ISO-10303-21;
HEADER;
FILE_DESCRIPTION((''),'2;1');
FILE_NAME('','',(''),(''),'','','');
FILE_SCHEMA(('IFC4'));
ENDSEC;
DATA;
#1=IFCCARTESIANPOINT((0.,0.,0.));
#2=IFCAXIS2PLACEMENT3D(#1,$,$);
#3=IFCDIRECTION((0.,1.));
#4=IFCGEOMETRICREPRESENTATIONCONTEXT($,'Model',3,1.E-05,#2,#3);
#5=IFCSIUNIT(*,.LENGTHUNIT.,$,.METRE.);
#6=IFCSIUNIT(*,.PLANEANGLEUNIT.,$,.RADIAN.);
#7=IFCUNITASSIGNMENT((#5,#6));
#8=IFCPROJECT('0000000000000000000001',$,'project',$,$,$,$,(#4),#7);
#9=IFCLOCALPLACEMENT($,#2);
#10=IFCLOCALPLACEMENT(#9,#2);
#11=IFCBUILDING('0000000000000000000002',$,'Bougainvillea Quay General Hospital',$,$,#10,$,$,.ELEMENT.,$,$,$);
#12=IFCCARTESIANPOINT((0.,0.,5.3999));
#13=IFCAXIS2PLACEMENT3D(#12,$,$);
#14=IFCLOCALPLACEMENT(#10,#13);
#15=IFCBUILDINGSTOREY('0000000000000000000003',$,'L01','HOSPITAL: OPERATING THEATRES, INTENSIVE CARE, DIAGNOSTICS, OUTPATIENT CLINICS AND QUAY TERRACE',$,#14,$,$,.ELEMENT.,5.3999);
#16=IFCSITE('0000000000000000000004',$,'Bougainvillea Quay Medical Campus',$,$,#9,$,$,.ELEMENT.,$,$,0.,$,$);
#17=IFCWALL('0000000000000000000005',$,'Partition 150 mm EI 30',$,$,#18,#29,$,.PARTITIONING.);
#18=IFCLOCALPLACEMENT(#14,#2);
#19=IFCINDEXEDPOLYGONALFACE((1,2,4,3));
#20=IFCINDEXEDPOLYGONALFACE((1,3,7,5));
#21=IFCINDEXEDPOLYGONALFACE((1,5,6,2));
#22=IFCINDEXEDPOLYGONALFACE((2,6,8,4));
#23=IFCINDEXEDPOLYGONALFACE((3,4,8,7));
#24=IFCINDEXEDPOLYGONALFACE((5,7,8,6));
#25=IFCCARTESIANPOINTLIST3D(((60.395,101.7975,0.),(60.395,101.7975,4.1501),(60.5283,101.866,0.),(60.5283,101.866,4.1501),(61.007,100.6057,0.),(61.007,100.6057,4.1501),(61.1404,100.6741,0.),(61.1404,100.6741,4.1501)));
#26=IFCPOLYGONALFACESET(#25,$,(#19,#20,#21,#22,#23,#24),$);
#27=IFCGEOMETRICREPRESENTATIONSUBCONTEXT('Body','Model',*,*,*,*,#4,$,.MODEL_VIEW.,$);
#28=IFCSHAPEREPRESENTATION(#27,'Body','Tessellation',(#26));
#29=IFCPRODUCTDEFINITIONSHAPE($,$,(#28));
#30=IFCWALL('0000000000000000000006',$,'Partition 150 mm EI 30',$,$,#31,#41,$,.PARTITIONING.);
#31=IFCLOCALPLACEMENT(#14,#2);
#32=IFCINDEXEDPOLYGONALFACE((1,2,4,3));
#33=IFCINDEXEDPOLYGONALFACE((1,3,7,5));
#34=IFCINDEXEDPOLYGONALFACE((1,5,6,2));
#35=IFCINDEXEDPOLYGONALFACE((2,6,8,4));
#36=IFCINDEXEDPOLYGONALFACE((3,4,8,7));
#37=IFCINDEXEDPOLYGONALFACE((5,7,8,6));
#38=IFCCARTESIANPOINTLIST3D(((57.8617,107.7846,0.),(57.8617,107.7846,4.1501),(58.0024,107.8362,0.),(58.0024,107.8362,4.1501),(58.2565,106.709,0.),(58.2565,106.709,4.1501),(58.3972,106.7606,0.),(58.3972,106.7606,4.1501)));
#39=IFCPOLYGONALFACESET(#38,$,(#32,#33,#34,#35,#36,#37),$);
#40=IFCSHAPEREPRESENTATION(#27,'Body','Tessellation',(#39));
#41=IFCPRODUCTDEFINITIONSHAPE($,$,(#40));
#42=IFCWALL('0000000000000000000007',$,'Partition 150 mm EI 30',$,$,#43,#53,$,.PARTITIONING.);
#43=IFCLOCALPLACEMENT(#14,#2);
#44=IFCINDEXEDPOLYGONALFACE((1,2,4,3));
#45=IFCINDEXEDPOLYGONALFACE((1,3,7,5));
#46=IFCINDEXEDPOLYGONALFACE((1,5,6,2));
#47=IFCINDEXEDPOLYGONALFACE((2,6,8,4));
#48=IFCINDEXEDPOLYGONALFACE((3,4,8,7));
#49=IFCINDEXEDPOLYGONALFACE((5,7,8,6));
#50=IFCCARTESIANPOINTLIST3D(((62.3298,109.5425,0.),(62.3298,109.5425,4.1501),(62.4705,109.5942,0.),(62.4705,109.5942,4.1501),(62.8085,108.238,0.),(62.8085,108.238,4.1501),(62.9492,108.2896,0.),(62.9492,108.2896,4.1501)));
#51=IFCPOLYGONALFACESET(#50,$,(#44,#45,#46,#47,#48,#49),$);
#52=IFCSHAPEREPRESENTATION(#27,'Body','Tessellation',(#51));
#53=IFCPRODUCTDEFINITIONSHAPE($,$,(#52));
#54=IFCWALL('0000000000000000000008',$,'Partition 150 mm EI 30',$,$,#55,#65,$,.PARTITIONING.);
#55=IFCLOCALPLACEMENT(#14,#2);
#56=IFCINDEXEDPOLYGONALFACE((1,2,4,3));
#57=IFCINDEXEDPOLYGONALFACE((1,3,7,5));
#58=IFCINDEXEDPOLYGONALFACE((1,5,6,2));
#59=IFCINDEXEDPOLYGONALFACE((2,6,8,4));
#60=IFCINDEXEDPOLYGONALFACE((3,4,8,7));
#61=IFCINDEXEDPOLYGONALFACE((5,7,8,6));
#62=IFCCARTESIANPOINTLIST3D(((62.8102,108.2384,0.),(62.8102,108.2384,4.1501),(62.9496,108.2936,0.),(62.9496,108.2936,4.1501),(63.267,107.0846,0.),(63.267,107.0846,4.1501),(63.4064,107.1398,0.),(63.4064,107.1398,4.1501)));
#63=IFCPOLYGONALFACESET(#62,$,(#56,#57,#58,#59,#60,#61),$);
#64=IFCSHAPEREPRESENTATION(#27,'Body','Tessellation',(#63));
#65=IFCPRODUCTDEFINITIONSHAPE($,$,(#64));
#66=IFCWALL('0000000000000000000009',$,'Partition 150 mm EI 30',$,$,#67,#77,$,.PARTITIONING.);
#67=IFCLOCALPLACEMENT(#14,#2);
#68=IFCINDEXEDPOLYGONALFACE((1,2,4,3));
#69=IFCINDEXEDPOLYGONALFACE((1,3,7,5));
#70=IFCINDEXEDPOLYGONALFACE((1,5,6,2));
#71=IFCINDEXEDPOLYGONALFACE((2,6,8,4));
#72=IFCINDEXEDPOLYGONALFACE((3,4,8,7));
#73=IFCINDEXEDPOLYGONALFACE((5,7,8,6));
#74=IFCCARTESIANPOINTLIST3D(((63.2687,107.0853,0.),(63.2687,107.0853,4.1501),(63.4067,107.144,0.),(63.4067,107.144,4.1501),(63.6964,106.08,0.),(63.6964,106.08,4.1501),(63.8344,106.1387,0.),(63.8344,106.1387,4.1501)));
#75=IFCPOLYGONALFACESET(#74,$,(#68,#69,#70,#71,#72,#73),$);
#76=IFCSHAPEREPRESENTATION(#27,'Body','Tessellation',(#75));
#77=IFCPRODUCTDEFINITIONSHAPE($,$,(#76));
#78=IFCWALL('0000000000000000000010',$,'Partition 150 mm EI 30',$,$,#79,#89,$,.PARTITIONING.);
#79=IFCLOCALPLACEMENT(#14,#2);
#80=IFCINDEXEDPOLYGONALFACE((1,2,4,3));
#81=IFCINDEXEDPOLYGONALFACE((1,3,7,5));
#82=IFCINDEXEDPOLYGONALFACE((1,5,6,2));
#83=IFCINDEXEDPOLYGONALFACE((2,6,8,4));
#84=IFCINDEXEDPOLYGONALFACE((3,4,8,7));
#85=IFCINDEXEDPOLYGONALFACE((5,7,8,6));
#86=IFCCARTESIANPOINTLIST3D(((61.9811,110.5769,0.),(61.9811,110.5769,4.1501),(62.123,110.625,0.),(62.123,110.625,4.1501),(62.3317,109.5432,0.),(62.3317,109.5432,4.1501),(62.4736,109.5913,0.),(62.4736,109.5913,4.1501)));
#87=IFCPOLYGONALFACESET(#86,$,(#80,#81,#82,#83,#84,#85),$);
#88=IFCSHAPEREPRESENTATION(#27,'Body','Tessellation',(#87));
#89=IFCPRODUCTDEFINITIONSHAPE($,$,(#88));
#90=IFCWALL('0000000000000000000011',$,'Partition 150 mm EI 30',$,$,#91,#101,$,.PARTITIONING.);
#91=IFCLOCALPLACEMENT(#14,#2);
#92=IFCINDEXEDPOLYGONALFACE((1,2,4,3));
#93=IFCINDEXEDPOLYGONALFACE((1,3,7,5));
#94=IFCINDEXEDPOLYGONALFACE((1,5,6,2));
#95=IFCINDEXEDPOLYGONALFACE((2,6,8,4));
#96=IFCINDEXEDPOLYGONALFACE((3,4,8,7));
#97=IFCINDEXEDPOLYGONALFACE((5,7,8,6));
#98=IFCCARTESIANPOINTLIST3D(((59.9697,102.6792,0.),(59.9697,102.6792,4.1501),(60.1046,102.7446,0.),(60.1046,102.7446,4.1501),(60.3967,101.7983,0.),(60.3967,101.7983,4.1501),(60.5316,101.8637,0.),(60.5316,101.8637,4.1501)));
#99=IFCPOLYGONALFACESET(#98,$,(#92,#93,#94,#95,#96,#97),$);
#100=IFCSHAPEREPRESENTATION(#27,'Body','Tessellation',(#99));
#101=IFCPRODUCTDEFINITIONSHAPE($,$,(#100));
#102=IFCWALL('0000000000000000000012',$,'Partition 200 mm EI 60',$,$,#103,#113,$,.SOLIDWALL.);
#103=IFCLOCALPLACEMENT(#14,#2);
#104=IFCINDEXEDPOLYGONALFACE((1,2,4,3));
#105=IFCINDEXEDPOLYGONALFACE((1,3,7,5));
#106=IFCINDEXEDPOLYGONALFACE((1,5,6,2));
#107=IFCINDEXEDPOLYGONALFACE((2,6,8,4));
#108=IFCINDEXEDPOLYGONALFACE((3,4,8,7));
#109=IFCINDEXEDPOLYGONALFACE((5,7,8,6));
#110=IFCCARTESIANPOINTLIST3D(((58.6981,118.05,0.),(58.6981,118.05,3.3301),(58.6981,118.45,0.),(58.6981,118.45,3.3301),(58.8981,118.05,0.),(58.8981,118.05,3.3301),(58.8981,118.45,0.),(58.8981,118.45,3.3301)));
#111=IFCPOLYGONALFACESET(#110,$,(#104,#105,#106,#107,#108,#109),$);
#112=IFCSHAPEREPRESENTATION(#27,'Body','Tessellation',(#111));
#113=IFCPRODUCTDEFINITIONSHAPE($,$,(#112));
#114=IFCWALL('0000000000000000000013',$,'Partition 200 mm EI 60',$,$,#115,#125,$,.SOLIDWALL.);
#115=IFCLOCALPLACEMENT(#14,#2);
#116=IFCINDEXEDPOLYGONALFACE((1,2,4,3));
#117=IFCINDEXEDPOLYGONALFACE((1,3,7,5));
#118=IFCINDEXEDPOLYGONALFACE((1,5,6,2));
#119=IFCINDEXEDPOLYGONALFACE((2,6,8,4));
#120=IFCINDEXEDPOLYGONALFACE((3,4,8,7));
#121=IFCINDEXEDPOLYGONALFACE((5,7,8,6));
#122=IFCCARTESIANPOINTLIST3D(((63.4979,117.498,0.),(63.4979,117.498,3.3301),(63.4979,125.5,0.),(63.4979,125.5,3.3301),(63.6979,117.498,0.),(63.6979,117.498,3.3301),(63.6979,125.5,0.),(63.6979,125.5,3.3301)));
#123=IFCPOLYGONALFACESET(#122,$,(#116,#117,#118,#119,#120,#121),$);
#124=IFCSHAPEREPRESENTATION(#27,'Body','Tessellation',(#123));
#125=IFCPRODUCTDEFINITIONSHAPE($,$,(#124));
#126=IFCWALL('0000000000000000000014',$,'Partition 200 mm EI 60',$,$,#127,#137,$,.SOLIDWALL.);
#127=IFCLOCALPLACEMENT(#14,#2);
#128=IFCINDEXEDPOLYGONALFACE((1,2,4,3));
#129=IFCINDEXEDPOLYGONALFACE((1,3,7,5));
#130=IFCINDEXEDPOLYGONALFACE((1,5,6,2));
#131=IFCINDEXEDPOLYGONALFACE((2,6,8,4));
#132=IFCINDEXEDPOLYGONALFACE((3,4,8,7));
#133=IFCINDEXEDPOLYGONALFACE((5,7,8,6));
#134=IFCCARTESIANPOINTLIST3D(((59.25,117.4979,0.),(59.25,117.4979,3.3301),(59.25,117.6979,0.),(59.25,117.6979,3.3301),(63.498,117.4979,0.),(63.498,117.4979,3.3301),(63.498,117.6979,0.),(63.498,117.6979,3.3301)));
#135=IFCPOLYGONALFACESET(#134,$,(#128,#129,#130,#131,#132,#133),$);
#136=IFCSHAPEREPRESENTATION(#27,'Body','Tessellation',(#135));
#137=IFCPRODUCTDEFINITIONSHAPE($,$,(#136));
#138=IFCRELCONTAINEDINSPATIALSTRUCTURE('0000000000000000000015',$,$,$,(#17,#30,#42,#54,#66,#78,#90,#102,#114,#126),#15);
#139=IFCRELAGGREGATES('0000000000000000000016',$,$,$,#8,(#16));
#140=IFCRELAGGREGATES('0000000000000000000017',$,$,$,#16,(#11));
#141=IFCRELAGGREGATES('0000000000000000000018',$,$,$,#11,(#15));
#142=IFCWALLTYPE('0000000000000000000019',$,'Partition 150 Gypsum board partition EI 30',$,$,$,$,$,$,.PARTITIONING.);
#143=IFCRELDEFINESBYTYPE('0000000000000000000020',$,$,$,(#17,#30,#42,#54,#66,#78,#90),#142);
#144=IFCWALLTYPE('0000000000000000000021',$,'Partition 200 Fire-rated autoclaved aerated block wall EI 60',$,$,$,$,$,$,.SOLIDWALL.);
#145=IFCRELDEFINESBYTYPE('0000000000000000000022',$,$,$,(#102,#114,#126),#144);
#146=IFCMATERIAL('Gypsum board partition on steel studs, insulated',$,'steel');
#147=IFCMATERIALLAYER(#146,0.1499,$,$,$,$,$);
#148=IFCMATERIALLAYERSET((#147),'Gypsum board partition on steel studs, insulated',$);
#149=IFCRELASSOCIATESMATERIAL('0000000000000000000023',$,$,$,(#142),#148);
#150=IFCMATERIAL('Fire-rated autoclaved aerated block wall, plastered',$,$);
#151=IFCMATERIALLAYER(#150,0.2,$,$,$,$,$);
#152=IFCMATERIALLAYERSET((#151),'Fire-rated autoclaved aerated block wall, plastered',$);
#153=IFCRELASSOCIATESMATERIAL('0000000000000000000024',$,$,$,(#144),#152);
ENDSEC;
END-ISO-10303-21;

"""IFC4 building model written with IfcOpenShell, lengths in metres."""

from ifc_helpers import new_model, si_unit, direction, frame, frame_2d, origin, place, context, subcontext, project, spatial, rectangle, extrude, material, layer, layer_set, type_object, element, save


model = new_model("IFC4")

# Units and contexts
model_context = context("Model", 3, precision=1e-05, world=origin(), true_north=direction((0.0, 1.0)))
body_context = subcontext(model_context, "Body", "Model", "MODEL_VIEW")
ifc_project = project(units=[si_unit("LENGTHUNIT", "METRE"), si_unit("PLANEANGLEUNIT", "RADIAN")], contexts=[model_context])

# Site, building, storey
site_placement = place(None, origin())
site = spatial("IfcSite", under=ifc_project, at=site_placement, Name="Bougainvillea Quay Medical Campus", CompositionType="ELEMENT", RefElevation=0.0)
building_placement = place(site_placement, origin())
building = spatial("IfcBuilding", under=site, at=building_placement, Name="Bougainvillea Quay General Hospital", CompositionType="ELEMENT")
storey_placement = place(building_placement, frame((0.0, 0.0, 5.3999)))
storey = spatial("IfcBuildingStorey", under=building, at=storey_placement, Name="L01", Description="HOSPITAL: OPERATING THEATRES, INTENSIVE CARE, DIAGNOSTICS, OUTPATIENT CLINICS AND QUAY TERRACE", CompositionType="ELEMENT", Elevation=5.3999)

# Shared definitions
ifc_material_1 = material(Name="Gypsum board partition on steel studs, insulated", Category="steel")
ifc_layer_1 = layer(ifc_material_1, 0.1499)
ifc_layer_set_1 = layer_set([ifc_layer_1], Name="Gypsum board partition on steel studs, insulated")
wall_type_1 = type_object("IfcWallType", Name="Partition 150 Gypsum board partition EI 30", PredefinedType="PARTITIONING", material=ifc_layer_set_1)

# Walls
wall_1_placement = place(storey_placement, frame((60.4617, 101.8318, 0.0), z_axis=(0.0, 0.0, 1.0), x_axis=(0.456809, -0.889565, 0.0)))
element("IfcWall", 1, at=wall_1_placement, inside=storey, type_object=wall_type_1, Name="Partition 150 mm EI 30", PredefinedType="PARTITIONING", context=body_context, shape_type="SweptSolid", body=[
    extrude(rectangle(XDim=1.3398, YDim=0.1499, at=frame_2d((0.6699, 0.0))), origin(), (0.0, 0.0, 1.0), 4.1501),
])
wall_2_placement = place(storey_placement, frame((57.9321, 107.8103, 0.0), z_axis=(0.0, 0.0, 1.0), x_axis=(0.34453, -0.938775, 0.0)))
element("IfcWall", 2, at=wall_2_placement, inside=storey, type_object=wall_type_1, Name="Partition 150 mm EI 30", PredefinedType="PARTITIONING", context=body_context, shape_type="SweptSolid", body=[
    extrude(rectangle(XDim=1.1458, YDim=0.1499, at=frame_2d((0.5728, 0.0))), origin(), (0.0, 0.0, 1.0), 4.1501),
])
wall_3_placement = place(storey_placement, frame((62.4001, 109.5684, 0.0), z_axis=(0.0, 0.0, 1.0), x_axis=(0.344492, -0.938789, 0.0)))
element("IfcWall", 3, at=wall_3_placement, inside=storey, type_object=wall_type_1, Name="Partition 150 mm EI 30", PredefinedType="PARTITIONING", context=body_context, shape_type="SweptSolid", body=[
    extrude(rectangle(XDim=1.3896, YDim=0.1499, at=frame_2d((0.6948, 0.0))), origin(), (0.0, 0.0, 1.0), 4.1501),
])
wall_4_placement = place(storey_placement, frame((62.8799, 108.2661, 0.0), z_axis=(0.0, 0.0, 1.0), x_axis=(0.368098, -0.929787, 0.0)))
element("IfcWall", 4, at=wall_4_placement, inside=storey, type_object=wall_type_1, Name="Partition 150 mm EI 30", PredefinedType="PARTITIONING", context=body_context, shape_type="SweptSolid", body=[
    extrude(rectangle(XDim=1.241, YDim=0.1499, at=frame_2d((0.6206, 0.0))), origin(), (0.0, 0.0, 1.0), 4.1501),
])
wall_5_placement = place(storey_placement, frame((63.3376, 107.1147, 0.0), z_axis=(0.0, 0.0, 1.0), x_axis=(0.391491, -0.920182, 0.0)))
element("IfcWall", 5, at=wall_5_placement, inside=storey, type_object=wall_type_1, Name="Partition 150 mm EI 30", PredefinedType="PARTITIONING", context=body_context, shape_type="SweptSolid", body=[
    extrude(rectangle(XDim=1.0925, YDim=0.1499, at=frame_2d((0.5464, 0.0))), origin(), (0.0, 0.0, 1.0), 4.1501),
])
wall_6_placement = place(storey_placement, frame((62.052, 110.6011, 0.0), z_axis=(0.0, 0.0, 1.0), x_axis=(0.321189, -0.947015, 0.0)))
element("IfcWall", 6, at=wall_6_placement, inside=storey, type_object=wall_type_1, Name="Partition 150 mm EI 30", PredefinedType="PARTITIONING", context=body_context, shape_type="SweptSolid", body=[
    extrude(rectangle(XDim=1.0916, YDim=0.1499, at=frame_2d((0.5459, 0.0))), origin(), (0.0, 0.0, 1.0), 4.1501),
])
wall_7_placement = place(storey_placement, frame((60.0371, 102.7119, 0.0), z_axis=(0.0, 0.0, 1.0), x_axis=(0.436206, -0.899847, 0.0)))
element("IfcWall", 7, at=wall_7_placement, inside=storey, type_object=wall_type_1, Name="Partition 150 mm EI 30", PredefinedType="PARTITIONING", context=body_context, shape_type="SweptSolid", body=[
    extrude(rectangle(XDim=0.979, YDim=0.1499, at=frame_2d((0.4895, 0.0))), origin(), (0.0, 0.0, 1.0), 4.1501),
])
ifc_material_2 = material(Name="Fire-rated autoclaved aerated block wall, plastered")
ifc_layer_2 = layer(ifc_material_2, 0.2)
ifc_layer_set_2 = layer_set([ifc_layer_2], Name="Fire-rated autoclaved aerated block wall, plastered")
wall_type_2 = type_object("IfcWallType", Name="Partition 200 Fire-rated autoclaved aerated block wall EI 60", PredefinedType="SOLIDWALL", material=ifc_layer_set_2)
wall_8_placement = place(storey_placement, frame((58.7981, 118.05, 0.0), z_axis=(0.0, 0.0, 1.0), x_axis=(0.0, 1.0, 0.0)))
element("IfcWall", 8, at=wall_8_placement, inside=storey, type_object=wall_type_2, Name="Partition 200 mm EI 60", PredefinedType="SOLIDWALL", context=body_context, shape_type="SweptSolid", body=[
    extrude(rectangle(XDim=0.3999, YDim=0.2, at=frame_2d((0.2, 0.0))), origin(), (0.0, 0.0, 1.0), 3.3301),
])
wall_9_placement = place(storey_placement, frame((63.5979, 117.498, 0.0), z_axis=(0.0, 0.0, 1.0), x_axis=(0.0, 1.0, 0.0)))
element("IfcWall", 9, at=wall_9_placement, inside=storey, type_object=wall_type_2, Name="Partition 200 mm EI 60", PredefinedType="SOLIDWALL", context=body_context, shape_type="SweptSolid", body=[
    extrude(rectangle(XDim=8.002, YDim=0.2, at=frame_2d((4.001, 0.0))), origin(), (0.0, 0.0, 1.0), 3.3301),
])
wall_10_placement = place(storey_placement, frame((59.25, 117.5979, 0.0), z_axis=(0.0, 0.0, 1.0), x_axis=(1.0, 0.0, 0.0)))
element("IfcWall", 10, at=wall_10_placement, inside=storey, type_object=wall_type_2, Name="Partition 200 mm EI 60", PredefinedType="SOLIDWALL", context=body_context, shape_type="SweptSolid", body=[
    extrude(rectangle(XDim=4.248, YDim=0.2, at=frame_2d((2.124, 0.0))), origin(), (0.0, 0.0, 1.0), 3.3301),
])

save(model, "model.ifc")
